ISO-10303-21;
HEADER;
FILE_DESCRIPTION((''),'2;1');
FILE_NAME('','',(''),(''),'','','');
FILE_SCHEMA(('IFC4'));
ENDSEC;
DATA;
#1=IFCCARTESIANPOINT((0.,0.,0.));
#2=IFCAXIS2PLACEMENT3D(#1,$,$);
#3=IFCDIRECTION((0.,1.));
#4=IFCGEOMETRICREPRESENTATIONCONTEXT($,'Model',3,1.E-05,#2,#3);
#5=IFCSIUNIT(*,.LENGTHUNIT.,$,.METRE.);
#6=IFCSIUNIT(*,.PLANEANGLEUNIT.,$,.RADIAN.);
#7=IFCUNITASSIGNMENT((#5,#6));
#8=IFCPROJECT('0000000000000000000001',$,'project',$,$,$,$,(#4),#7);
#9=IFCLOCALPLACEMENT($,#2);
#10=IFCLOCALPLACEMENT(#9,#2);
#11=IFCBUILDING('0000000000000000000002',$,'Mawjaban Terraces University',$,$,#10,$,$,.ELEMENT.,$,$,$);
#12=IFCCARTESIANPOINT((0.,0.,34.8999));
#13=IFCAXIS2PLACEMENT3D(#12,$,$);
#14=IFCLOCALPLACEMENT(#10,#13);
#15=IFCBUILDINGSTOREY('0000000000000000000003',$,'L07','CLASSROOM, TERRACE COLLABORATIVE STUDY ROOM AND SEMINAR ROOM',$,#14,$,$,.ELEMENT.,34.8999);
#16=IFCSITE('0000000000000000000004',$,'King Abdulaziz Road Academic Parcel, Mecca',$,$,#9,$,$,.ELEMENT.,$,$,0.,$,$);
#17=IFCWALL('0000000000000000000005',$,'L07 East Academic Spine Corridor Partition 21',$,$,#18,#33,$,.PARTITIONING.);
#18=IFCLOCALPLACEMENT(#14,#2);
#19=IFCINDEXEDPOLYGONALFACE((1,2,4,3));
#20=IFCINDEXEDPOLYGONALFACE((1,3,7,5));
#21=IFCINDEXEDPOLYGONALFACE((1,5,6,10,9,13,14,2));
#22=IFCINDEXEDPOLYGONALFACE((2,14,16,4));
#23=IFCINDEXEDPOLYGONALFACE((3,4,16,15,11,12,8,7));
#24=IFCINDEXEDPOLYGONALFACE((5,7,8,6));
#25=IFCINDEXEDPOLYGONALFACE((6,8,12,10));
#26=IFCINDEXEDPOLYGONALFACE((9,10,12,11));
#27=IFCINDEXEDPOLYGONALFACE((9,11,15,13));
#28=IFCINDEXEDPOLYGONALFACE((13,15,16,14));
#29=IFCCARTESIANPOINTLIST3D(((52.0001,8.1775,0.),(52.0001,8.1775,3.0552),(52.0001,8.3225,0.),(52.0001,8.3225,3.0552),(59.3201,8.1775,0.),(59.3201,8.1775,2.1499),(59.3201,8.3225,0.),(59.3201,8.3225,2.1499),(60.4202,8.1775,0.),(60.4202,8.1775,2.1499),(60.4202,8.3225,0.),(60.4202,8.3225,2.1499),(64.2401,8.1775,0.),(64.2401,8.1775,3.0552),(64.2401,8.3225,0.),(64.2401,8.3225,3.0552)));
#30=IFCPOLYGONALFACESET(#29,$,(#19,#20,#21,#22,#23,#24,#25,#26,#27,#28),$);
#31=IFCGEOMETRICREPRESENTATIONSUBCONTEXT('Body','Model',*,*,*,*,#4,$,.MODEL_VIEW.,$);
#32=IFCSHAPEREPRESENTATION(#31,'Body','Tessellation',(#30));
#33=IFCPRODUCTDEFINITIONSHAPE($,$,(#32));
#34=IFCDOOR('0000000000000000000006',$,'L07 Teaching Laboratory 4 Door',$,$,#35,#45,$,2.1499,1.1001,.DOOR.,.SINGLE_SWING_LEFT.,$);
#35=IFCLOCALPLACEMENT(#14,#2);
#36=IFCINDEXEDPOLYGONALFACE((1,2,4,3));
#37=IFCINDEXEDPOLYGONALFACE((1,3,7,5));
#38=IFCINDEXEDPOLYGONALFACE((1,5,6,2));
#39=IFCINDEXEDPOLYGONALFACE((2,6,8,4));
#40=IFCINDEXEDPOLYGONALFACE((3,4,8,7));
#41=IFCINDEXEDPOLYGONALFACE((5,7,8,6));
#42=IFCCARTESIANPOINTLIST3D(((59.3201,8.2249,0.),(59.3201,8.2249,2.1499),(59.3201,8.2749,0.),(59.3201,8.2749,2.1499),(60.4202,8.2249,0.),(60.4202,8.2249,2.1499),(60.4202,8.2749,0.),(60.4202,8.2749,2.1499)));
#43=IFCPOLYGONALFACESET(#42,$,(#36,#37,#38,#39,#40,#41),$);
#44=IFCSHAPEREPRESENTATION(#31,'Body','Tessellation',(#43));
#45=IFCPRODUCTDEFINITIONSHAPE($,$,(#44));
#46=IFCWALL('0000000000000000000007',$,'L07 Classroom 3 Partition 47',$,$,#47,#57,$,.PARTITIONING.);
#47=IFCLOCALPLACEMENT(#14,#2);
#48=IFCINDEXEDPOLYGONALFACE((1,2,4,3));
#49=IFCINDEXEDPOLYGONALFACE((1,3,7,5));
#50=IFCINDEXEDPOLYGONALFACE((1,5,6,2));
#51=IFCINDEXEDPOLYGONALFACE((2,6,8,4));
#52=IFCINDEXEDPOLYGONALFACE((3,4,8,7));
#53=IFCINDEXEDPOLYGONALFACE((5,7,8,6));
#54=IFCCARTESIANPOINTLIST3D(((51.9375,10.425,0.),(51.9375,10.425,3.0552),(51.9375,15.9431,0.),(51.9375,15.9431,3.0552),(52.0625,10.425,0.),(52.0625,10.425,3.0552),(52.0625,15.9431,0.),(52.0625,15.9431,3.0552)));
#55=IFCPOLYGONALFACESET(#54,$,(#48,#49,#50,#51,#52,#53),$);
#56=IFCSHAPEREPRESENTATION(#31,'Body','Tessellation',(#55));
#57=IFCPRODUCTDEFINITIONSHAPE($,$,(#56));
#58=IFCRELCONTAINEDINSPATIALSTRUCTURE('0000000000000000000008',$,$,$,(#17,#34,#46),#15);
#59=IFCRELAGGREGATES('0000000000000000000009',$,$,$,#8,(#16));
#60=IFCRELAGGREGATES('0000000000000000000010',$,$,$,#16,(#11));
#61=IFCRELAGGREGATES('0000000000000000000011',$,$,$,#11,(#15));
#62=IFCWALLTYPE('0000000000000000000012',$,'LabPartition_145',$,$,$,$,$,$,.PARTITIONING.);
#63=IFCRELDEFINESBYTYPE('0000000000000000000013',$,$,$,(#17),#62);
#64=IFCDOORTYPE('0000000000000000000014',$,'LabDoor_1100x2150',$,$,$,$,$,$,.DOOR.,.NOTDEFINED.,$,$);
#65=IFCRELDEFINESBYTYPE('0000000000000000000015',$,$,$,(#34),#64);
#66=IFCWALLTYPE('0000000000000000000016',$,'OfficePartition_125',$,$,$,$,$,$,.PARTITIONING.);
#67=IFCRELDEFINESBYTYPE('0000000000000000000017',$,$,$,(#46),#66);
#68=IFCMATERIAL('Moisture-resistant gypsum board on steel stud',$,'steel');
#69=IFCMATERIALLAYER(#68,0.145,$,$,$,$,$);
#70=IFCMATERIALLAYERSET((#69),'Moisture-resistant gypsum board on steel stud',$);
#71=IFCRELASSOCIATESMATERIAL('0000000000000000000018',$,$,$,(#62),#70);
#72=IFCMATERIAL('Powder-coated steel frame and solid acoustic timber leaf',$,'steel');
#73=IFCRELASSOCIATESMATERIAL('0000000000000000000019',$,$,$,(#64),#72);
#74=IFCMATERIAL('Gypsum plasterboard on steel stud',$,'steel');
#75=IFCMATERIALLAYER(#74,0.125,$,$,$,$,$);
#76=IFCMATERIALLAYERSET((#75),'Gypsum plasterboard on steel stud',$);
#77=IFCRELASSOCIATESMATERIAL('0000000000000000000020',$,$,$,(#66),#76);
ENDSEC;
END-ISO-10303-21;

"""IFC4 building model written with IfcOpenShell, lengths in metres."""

from ifc_helpers import new_model, si_unit, direction, frame, frame_2d, origin, place, context, subcontext, project, spatial, rectangle, extrude, material, layer, layer_set, type_object, element, fill, save


model = new_model("IFC4")

# Units and contexts
model_context = context("Model", 3, precision=1e-05, world=origin(), true_north=direction((0.0, 1.0)))
body_context = subcontext(model_context, "Body", "Model", "MODEL_VIEW")
ifc_project = project(units=[si_unit("LENGTHUNIT", "METRE"), si_unit("PLANEANGLEUNIT", "RADIAN")], contexts=[model_context])

# Site, building, storey
site_placement = place(None, origin())
site = spatial("IfcSite", under=ifc_project, at=site_placement, Name="King Abdulaziz Road Academic Parcel, Mecca", CompositionType="ELEMENT", RefElevation=0.0)
building_placement = place(site_placement, origin())
building = spatial("IfcBuilding", under=site, at=building_placement, Name="Mawjaban Terraces University", CompositionType="ELEMENT")
storey_placement = place(building_placement, frame((0.0, 0.0, 34.8999)))
storey = spatial("IfcBuildingStorey", under=building, at=storey_placement, Name="L07", Description="CLASSROOM, TERRACE COLLABORATIVE STUDY ROOM AND SEMINAR ROOM", CompositionType="ELEMENT", Elevation=34.8999)

# Wall, opening, door
ifc_material_1 = material(Name="Powder-coated steel frame and solid acoustic timber leaf", Category="steel")
ifc_material_2 = material(Name="Moisture-resistant gypsum board on steel stud", Category="steel")
ifc_layer_1 = layer(ifc_material_2, 0.145)
ifc_layer_set_1 = layer_set([ifc_layer_1], Name="Moisture-resistant gypsum board on steel stud")
wall_type_1 = type_object("IfcWallType", Name="LabPartition_145", PredefinedType="PARTITIONING", material=ifc_layer_set_1)
wall_1_placement = place(storey_placement, frame((52.0, 8.25, 0.0), z_axis=(0.0, 0.0, 1.0), x_axis=(1.0, 0.0, 0.0)))
wall_1 = element("IfcWall", 1, at=wall_1_placement, inside=storey, type_object=wall_type_1, Name="L07 East Academic Spine Corridor Partition 21", PredefinedType="PARTITIONING", context=body_context, shape_type="SweptSolid", body=[
    extrude(rectangle(XDim=12.24, YDim=0.145, at=frame_2d((6.1201, 0.0))), origin(), (0.0, 0.0, 1.0), 3.0552),
])
opening_1_placement = place(wall_1_placement, frame((7.3201, 0.0, 0.0)))
opening_1 = element("IfcOpeningElement", 2, at=opening_1_placement, cuts=wall_1, PredefinedType="OPENING", context=body_context, shape_type="SweptSolid", body=[
    extrude(rectangle(XDim=1.1001, YDim=2.1499, at=frame_2d((0.55, 1.075))), frame((0.0, 0.0825, 0.0), z_axis=(0.0, -1.0, 0.0), x_axis=(1.0, 0.0, 0.0)), (0.0, 0.0, 1.0), 0.165),
])
door_type_1 = type_object("IfcDoorType", Name="LabDoor_1100x2150", OperationType="NOTDEFINED", PredefinedType="DOOR", material=ifc_material_1)
door_1_placement = place(opening_1_placement, origin())
door_1 = element("IfcDoor", 3, at=door_1_placement, inside=storey, type_object=door_type_1, Name="L07 Teaching Laboratory 4 Door", OperationType="SINGLE_SWING_LEFT", OverallHeight=2.1499, OverallWidth=1.1001, PredefinedType="DOOR", context=body_context, shape_type="SweptSolid", body=[
    extrude(rectangle(XDim=1.1001, YDim=2.1499, at=frame_2d((0.55, 1.075))), frame((0.0, 0.0249, 0.0), z_axis=(0.0, -1.0, 0.0), x_axis=(1.0, 0.0, 0.0)), (0.0, 0.0, 1.0), 0.05),
])
fill(opening_1, door_1)

# Wall
ifc_material_3 = material(Name="Gypsum plasterboard on steel stud", Category="steel")
ifc_layer_2 = layer(ifc_material_3, 0.125)
ifc_layer_set_2 = layer_set([ifc_layer_2], Name="Gypsum plasterboard on steel stud")
wall_type_2 = type_object("IfcWallType", Name="OfficePartition_125", PredefinedType="PARTITIONING", material=ifc_layer_set_2)
wall_2_placement = place(storey_placement, frame((52.0, 10.425, 0.0), z_axis=(0.0, 0.0, 1.0), x_axis=(0.0, 1.0, 0.0)))
element("IfcWall", 4, at=wall_2_placement, inside=storey, type_object=wall_type_2, Name="L07 Classroom 3 Partition 47", PredefinedType="PARTITIONING", context=body_context, shape_type="SweptSolid", body=[
    extrude(rectangle(XDim=5.5181, YDim=0.125, at=frame_2d((2.759, 0.0))), origin(), (0.0, 0.0, 1.0), 3.0552),
])

save(model, "model.ifc")
